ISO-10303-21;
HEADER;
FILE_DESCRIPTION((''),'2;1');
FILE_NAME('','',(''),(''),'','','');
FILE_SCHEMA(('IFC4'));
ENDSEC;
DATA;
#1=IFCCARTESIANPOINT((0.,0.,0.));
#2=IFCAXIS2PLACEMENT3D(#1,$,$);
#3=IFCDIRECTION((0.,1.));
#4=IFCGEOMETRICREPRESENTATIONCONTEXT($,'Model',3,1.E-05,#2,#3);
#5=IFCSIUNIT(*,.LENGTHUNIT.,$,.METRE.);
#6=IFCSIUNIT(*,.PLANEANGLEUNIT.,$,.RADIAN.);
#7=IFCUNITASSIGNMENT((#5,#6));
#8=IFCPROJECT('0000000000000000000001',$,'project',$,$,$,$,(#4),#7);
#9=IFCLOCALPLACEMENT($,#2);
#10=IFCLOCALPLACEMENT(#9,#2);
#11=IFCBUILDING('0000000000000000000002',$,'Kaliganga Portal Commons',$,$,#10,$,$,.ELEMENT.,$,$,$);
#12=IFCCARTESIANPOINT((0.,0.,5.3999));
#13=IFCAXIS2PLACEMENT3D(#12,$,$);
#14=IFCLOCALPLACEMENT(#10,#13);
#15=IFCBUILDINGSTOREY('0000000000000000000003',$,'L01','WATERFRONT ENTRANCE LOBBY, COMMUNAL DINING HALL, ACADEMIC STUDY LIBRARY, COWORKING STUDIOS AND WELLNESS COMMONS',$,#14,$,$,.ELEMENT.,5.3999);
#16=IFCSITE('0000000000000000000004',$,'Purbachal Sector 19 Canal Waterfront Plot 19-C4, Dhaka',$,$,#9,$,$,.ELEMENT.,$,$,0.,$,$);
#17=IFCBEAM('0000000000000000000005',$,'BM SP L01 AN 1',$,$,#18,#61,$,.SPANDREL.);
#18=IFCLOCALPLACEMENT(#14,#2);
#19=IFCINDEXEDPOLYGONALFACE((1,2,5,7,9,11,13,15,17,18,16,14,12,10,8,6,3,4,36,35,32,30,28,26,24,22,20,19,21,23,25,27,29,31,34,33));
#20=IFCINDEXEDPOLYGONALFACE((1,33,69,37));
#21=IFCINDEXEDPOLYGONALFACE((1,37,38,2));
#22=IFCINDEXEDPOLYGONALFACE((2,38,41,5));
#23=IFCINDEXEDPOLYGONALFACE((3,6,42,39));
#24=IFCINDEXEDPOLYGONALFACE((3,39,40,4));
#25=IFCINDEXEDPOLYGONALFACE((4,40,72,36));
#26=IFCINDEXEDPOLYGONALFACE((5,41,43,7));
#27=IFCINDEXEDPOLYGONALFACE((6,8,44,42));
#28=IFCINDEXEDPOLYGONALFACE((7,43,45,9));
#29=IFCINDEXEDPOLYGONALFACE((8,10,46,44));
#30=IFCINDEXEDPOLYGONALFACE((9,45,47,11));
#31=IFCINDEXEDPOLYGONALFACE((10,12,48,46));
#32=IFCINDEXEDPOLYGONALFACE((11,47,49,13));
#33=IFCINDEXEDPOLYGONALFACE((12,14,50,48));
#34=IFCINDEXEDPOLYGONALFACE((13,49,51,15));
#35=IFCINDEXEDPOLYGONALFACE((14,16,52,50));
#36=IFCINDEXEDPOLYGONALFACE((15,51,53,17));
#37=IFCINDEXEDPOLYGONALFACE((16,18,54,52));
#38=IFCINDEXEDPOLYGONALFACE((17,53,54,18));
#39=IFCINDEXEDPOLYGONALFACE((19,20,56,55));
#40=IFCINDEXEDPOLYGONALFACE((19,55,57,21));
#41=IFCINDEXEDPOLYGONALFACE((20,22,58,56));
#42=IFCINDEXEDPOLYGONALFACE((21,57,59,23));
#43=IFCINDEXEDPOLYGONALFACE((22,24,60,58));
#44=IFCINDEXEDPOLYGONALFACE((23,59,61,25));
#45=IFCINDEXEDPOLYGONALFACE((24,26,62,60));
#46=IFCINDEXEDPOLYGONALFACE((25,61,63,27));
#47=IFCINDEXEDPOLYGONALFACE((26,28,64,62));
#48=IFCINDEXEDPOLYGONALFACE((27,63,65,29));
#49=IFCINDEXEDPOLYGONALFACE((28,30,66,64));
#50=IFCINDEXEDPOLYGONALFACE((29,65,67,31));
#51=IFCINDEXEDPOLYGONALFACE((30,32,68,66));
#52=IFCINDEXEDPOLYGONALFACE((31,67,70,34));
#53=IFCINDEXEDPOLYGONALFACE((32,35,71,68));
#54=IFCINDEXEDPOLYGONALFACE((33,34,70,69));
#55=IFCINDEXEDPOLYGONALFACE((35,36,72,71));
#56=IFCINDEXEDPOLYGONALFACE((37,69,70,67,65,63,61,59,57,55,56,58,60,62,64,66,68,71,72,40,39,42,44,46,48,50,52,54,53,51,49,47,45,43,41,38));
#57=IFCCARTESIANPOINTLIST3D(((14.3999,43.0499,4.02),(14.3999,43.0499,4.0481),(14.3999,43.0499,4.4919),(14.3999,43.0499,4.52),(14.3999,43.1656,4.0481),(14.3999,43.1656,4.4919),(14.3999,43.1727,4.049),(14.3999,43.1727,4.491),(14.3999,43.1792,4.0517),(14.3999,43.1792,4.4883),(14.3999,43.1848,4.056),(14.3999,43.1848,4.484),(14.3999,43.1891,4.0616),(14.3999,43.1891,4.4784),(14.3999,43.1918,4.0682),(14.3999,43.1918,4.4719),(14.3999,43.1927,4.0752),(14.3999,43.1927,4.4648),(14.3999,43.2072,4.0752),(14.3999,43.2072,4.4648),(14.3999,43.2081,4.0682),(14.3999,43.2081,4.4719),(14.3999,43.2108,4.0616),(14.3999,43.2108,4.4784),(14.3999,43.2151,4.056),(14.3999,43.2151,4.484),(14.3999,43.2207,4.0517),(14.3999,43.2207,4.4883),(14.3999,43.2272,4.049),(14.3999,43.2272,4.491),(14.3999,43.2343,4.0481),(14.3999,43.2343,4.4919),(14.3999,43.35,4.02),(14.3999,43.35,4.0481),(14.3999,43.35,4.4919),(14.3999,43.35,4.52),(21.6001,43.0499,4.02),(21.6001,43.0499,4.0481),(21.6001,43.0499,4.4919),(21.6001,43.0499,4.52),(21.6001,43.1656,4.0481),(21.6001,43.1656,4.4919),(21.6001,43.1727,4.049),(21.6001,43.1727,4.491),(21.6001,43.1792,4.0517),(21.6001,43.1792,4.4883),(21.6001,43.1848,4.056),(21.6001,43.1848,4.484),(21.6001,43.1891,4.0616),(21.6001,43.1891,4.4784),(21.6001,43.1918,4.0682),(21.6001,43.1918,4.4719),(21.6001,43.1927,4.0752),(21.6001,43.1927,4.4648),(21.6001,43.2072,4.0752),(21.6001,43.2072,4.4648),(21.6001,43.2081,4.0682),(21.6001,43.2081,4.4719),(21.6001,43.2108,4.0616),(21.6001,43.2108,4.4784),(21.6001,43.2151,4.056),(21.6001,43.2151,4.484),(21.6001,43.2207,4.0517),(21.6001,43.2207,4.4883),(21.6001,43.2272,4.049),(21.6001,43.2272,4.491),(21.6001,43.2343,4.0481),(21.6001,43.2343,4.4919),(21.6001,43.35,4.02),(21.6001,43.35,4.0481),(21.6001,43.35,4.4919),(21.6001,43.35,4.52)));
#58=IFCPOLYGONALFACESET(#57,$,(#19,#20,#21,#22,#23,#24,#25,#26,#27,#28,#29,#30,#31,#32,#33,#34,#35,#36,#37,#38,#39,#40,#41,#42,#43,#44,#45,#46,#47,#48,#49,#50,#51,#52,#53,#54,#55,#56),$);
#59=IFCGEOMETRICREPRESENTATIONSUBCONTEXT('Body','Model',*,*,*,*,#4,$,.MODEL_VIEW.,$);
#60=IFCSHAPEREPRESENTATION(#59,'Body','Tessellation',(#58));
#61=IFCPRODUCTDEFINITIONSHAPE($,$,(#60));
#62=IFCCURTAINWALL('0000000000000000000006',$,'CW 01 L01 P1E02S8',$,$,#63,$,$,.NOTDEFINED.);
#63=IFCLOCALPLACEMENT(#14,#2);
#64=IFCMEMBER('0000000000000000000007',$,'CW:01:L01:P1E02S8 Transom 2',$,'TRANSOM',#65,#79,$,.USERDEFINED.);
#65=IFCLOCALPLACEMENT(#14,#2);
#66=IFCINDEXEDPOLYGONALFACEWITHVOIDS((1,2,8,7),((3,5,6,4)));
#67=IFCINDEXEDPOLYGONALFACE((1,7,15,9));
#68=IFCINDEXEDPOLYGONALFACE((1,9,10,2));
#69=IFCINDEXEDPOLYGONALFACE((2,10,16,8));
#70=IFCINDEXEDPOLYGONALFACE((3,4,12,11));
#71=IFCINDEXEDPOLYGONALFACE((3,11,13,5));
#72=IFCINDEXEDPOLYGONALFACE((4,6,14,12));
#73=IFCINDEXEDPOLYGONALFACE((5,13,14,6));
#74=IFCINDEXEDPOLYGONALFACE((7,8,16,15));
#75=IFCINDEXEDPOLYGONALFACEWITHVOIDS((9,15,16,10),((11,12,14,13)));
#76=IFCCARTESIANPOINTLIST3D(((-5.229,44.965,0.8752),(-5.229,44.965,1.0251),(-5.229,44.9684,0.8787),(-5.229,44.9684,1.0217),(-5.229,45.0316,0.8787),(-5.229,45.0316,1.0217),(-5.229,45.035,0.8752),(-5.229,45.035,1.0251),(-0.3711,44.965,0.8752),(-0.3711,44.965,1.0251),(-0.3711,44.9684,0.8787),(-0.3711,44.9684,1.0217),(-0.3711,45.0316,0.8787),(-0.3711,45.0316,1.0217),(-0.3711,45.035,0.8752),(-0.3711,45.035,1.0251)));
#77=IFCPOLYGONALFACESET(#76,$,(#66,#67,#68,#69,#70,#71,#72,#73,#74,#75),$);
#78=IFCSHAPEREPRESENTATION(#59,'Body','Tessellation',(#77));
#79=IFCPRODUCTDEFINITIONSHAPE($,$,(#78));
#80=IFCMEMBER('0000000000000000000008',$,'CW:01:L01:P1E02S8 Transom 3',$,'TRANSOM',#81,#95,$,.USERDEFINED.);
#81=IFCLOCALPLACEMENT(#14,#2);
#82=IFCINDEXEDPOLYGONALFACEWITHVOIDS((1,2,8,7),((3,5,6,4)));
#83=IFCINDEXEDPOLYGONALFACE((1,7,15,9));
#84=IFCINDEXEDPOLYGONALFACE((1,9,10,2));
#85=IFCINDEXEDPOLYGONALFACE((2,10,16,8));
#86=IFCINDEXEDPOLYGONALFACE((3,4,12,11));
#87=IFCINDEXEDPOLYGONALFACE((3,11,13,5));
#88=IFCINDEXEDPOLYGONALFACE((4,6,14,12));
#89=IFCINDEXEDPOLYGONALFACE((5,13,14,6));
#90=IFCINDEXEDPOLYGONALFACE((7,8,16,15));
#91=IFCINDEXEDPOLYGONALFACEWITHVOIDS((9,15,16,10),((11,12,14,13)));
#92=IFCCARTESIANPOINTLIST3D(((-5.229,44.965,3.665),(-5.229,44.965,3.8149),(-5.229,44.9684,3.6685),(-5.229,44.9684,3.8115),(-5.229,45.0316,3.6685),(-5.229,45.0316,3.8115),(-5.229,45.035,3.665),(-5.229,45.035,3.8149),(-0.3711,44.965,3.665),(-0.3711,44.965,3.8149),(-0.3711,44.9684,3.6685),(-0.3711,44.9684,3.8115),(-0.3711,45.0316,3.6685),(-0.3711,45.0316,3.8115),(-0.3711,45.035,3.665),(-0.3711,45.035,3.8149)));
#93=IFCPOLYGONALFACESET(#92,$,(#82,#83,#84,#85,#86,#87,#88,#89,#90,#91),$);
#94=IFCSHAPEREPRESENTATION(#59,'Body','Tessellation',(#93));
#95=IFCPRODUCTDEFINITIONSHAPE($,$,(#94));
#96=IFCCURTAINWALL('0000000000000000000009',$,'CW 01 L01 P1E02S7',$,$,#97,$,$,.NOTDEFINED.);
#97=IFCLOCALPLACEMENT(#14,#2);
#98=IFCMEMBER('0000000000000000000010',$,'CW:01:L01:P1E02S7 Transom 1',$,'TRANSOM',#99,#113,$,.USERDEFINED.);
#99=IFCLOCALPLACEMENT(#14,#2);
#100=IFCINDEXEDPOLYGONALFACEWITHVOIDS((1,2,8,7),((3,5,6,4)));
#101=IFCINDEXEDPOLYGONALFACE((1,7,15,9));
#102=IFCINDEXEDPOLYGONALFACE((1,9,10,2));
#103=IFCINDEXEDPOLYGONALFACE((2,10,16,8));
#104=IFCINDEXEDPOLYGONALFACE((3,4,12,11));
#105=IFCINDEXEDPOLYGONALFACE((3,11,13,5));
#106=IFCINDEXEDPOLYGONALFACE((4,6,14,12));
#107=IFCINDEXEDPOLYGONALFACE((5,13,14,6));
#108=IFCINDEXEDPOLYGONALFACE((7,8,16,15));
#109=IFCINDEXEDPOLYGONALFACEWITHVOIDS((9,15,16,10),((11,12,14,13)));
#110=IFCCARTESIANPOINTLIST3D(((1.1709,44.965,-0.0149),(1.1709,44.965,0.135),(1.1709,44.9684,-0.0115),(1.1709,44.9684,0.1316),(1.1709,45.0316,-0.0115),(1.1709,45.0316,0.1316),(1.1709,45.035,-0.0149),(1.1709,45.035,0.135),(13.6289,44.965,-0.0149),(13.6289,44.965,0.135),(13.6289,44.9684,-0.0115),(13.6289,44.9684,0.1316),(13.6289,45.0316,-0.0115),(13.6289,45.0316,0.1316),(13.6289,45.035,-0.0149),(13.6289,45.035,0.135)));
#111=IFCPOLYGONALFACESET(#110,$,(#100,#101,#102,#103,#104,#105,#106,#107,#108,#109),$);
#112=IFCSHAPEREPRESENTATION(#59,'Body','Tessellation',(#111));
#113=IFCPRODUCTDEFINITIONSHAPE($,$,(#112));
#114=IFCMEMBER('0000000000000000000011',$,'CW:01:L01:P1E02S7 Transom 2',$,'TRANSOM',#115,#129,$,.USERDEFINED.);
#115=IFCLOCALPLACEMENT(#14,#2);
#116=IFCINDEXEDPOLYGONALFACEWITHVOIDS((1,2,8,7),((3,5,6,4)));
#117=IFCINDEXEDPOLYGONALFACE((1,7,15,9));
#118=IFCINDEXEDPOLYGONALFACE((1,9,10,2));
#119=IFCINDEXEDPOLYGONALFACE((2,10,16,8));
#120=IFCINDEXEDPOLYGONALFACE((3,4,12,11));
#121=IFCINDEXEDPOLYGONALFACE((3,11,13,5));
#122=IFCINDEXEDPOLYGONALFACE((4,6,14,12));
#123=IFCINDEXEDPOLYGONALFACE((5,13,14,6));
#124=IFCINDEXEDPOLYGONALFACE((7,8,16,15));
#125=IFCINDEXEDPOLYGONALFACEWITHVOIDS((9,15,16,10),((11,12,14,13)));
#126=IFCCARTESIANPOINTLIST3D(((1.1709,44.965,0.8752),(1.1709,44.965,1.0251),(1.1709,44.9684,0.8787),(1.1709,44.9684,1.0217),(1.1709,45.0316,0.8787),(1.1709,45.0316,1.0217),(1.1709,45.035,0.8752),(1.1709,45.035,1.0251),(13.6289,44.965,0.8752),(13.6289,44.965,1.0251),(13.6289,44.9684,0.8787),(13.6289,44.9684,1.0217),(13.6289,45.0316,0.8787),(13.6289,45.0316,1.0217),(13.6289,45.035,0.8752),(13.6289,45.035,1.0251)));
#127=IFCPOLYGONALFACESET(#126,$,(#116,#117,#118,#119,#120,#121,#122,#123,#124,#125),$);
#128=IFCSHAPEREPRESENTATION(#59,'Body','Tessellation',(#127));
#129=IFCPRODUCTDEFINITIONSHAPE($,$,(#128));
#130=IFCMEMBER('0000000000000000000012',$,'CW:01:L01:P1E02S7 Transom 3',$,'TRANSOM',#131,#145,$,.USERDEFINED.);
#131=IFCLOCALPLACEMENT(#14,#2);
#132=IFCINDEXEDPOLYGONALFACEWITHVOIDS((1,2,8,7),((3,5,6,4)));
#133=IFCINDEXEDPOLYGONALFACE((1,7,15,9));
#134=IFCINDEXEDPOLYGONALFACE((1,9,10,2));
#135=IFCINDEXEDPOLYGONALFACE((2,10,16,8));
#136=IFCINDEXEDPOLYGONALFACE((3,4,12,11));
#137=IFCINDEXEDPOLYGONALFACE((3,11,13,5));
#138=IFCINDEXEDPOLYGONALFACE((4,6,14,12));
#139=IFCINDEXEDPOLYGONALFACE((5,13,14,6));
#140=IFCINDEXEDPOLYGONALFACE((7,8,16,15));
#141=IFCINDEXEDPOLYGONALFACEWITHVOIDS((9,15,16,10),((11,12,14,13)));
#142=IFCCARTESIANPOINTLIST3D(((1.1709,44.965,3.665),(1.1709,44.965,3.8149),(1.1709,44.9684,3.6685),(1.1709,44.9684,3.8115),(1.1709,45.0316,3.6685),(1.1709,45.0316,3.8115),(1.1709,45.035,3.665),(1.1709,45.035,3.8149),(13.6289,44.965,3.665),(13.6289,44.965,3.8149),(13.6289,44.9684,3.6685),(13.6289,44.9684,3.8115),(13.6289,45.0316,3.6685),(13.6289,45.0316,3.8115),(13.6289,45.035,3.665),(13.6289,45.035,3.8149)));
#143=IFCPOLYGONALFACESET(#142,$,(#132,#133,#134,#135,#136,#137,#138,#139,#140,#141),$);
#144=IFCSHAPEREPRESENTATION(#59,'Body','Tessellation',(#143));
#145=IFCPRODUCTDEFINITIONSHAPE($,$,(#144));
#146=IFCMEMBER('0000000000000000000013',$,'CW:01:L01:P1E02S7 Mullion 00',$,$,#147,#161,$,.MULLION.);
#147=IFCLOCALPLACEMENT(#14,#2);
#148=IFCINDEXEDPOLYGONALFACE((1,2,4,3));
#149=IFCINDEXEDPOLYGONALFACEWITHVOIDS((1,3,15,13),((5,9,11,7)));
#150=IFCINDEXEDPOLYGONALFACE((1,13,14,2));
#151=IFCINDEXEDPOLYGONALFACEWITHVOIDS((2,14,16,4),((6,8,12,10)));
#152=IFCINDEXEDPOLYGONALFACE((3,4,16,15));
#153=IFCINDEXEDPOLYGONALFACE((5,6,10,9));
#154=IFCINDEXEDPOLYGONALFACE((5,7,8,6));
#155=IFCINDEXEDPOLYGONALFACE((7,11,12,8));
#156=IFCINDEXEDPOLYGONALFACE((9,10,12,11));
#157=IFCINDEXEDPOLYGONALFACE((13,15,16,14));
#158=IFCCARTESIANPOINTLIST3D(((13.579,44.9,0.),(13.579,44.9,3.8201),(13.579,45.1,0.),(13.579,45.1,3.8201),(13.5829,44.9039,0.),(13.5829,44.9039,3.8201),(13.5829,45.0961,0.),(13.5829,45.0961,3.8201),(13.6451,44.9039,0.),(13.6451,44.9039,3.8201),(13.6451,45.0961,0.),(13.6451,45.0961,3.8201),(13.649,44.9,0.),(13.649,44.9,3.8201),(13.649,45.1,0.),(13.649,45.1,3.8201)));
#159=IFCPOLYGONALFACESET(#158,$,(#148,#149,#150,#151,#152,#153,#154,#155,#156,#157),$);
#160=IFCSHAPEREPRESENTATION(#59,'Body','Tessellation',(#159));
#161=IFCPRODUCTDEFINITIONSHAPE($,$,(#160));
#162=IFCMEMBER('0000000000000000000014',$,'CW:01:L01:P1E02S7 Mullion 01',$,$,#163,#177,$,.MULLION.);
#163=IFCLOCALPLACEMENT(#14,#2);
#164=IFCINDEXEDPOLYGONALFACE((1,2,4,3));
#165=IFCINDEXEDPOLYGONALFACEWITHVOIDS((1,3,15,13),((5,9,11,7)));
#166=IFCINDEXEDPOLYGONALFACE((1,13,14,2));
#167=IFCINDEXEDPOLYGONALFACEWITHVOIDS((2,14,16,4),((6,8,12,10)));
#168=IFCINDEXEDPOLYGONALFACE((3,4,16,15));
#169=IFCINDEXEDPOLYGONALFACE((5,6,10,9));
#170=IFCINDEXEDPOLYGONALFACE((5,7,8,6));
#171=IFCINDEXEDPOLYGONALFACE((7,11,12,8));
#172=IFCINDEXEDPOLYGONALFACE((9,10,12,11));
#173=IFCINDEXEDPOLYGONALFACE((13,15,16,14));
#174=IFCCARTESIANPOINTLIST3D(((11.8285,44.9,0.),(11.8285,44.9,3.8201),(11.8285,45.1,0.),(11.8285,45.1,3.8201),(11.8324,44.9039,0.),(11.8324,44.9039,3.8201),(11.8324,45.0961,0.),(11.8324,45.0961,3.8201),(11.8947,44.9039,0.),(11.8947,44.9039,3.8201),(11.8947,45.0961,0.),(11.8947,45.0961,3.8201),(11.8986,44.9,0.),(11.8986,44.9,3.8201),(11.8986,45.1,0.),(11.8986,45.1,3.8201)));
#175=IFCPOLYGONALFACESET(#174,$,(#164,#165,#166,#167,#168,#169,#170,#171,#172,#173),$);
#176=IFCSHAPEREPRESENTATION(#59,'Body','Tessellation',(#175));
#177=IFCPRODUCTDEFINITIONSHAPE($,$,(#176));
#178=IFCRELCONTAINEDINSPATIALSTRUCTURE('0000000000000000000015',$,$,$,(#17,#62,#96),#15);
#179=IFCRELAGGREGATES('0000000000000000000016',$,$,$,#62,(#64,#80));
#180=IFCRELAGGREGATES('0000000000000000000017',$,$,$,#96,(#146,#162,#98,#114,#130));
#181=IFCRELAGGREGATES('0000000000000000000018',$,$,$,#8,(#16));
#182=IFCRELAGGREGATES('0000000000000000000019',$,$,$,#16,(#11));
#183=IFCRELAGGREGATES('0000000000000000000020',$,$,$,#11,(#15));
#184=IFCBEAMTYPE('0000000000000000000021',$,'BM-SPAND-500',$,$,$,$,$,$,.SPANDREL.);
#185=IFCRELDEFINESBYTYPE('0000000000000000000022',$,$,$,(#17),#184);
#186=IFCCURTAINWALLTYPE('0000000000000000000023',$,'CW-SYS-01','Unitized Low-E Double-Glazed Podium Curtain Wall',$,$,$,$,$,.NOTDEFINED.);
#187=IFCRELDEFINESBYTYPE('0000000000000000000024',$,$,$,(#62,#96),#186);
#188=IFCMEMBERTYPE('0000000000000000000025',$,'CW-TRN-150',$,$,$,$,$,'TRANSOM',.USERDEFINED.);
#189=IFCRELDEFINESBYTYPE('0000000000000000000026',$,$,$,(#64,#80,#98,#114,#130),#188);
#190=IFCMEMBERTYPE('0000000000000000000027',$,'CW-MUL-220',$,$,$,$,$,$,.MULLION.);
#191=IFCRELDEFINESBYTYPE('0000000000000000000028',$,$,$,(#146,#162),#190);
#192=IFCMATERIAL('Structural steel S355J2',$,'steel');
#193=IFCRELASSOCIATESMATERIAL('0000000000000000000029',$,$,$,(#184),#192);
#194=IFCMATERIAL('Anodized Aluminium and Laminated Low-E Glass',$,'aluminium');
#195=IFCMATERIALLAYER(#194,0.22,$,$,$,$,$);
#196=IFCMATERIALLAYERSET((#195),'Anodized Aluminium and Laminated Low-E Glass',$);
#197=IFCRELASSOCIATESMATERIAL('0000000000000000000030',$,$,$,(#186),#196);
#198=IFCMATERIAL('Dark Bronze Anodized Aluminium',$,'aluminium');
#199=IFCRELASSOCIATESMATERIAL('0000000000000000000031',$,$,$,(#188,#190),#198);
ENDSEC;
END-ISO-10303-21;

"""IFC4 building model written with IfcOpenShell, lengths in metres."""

from ifc_helpers import new_model, si_unit, direction, frame, origin, origin_2d, place, context, subcontext, project, spatial, hollow_rectangle, i_section, extrude, source, transform, mapped, material, layer, layer_set, material_profile, profile_set, type_object, element, aggregate, save


model = new_model("IFC4")

# Units and contexts
model_context = context("Model", 3, precision=1e-05, world=origin(), true_north=direction((0.0, 1.0)))
body_context = subcontext(model_context, "Body", "Model", "MODEL_VIEW")
ifc_project = project(units=[si_unit("LENGTHUNIT", "METRE"), si_unit("PLANEANGLEUNIT", "RADIAN")], contexts=[model_context])

# Site, building, storey
site_placement = place(None, origin())
site = spatial("IfcSite", under=ifc_project, at=site_placement, Name="Purbachal Sector 19 Canal Waterfront Plot 19-C4, Dhaka", CompositionType="ELEMENT", RefElevation=0.0)
building_placement = place(site_placement, origin())
building = spatial("IfcBuilding", under=site, at=building_placement, Name="Kaliganga Portal Commons", CompositionType="ELEMENT")
storey_placement = place(building_placement, frame((0.0, 0.0, 5.3999)))
storey = spatial("IfcBuildingStorey", under=building, at=storey_placement, Name="L01", Description="WATERFRONT ENTRANCE LOBBY, COMMUNAL DINING HALL, ACADEMIC STUDY LIBRARY, COWORKING STUDIOS AND WELLNESS COMMONS", CompositionType="ELEMENT", Elevation=5.3999)

# Beam
ifc_material_1 = material(Name="Structural steel S355J2", Category="steel")
ifc_material_profile_1 = material_profile(ifc_material_1, i_section(OverallWidth=0.3, OverallDepth=0.5, WebThickness=0.0144, FlangeThickness=0.0281, FilletRadius=0.0271, at=origin_2d()), Name="HE 500 B")
ifc_profile_set_1 = profile_set([ifc_material_profile_1], Name="Structural steel S355J2 wide-flange")
beam_type_1 = type_object("IfcBeamType", Name="BM-SPAND-500", PredefinedType="SPANDREL", material=ifc_profile_set_1)
shared_shape_1 = source(origin(), body_context, "Body", "SweptSolid", [
    extrude(i_section(OverallWidth=0.3, OverallDepth=0.5, WebThickness=0.0144, FlangeThickness=0.0281, FilletRadius=0.0271, at=origin_2d()), origin(), (0.0, 0.0, 1.0), 7.2002),
])
beam_1_placement = place(storey_placement, frame((14.3999, 43.2, 4.27), z_axis=(1.0, 0.0, 0.0), x_axis=(0.0, 1.0, 0.0)))
element("IfcBeam", 1, at=beam_1_placement, inside=storey, type_object=beam_type_1, Name="BM SP L01 AN 1", PredefinedType="SPANDREL", context=body_context, shape_type="MappedRepresentation", body=[
    mapped(shared_shape_1, transform((0.0, 0.0, 0.0), x_axis=(1.0, 0.0, 0.0), y_axis=(0.0, 1.0, 0.0), z_axis=(0.0, 0.0, 1.0), scale=1.0)),
])

# Curtain wall, members
ifc_material_2 = material(Name="Anodized Aluminium and Laminated Low-E Glass", Category="aluminium")
ifc_layer_1 = layer(ifc_material_2, 0.22)
ifc_layer_set_1 = layer_set([ifc_layer_1], Name="Anodized Aluminium and Laminated Low-E Glass")
curtain_wall_type = type_object("IfcCurtainWallType", Name="CW-SYS-01", Description="Unitized Low-E Double-Glazed Podium Curtain Wall", PredefinedType="NOTDEFINED", material=ifc_layer_set_1)
curtain_wall_1_placement = place(storey_placement, origin())
curtain_wall_1 = element("IfcCurtainWall", 2, at=curtain_wall_1_placement, inside=storey, type_object=curtain_wall_type, Name="CW 01 L01 P1E02S8", PredefinedType="NOTDEFINED")
ifc_material_3 = material(Name="Dark Bronze Anodized Aluminium", Category="aluminium")
ifc_material_profile_2 = material_profile(ifc_material_3, hollow_rectangle(XDim=0.0701, YDim=0.1499, WallThickness=0.0034, at=origin_2d()), Name="ALU TRAN 70x150x3.5")
ifc_profile_set_2 = profile_set([ifc_material_profile_2], Name="Dark Bronze Anodized Aluminium")
member_type_1 = type_object("IfcMemberType", Name="CW-TRN-150", ElementType="TRANSOM", PredefinedType="USERDEFINED", material=ifc_profile_set_2)
shared_shape_2 = source(origin(), body_context, "Body", "SweptSolid", [
    extrude(hollow_rectangle(XDim=0.0701, YDim=0.1499, WallThickness=0.0034, at=origin_2d()), origin(), (0.0, 0.0, 1.0), 4.8579),
])
member_1_placement = place(storey_placement, frame((-0.3711, 45.0, 0.9502), z_axis=(-1.0, 0.0, 0.0), x_axis=(0.0, -1.0, 0.0)))
member_1 = element("IfcMember", 3, at=member_1_placement, type_object=member_type_1, Name="CW:01:L01:P1E02S8 Transom 2", ObjectType="TRANSOM", PredefinedType="USERDEFINED", context=body_context, shape_type="MappedRepresentation", body=[
    mapped(shared_shape_2, transform((0.0, 0.0, 0.0), x_axis=(1.0, 0.0, 0.0), y_axis=(0.0, 1.0, 0.0), z_axis=(0.0, 0.0, 1.0), scale=1.0)),
])
member_2_placement = place(storey_placement, frame((-0.3711, 45.0, 3.74), z_axis=(-1.0, 0.0, 0.0), x_axis=(0.0, -1.0, 0.0)))
member_2 = element("IfcMember", 4, at=member_2_placement, type_object=member_type_1, Name="CW:01:L01:P1E02S8 Transom 3", ObjectType="TRANSOM", PredefinedType="USERDEFINED", context=body_context, shape_type="MappedRepresentation", body=[
    mapped(shared_shape_2, transform((0.0, 0.0, 0.0), x_axis=(1.0, 0.0, 0.0), y_axis=(0.0, 1.0, 0.0), z_axis=(0.0, 0.0, 1.0), scale=1.0)),
])
aggregate(curtain_wall_1, [member_1, member_2])

# Curtain wall, members
curtain_wall_2_placement = place(storey_placement, origin())
curtain_wall_2 = element("IfcCurtainWall", 5, at=curtain_wall_2_placement, inside=storey, type_object=curtain_wall_type, Name="CW 01 L01 P1E02S7", PredefinedType="NOTDEFINED")
shared_shape_3 = source(origin(), body_context, "Body", "SweptSolid", [
    extrude(hollow_rectangle(XDim=0.0701, YDim=0.1499, WallThickness=0.0034, at=origin_2d()), origin(), (0.0, 0.0, 1.0), 12.458),
])
member_3_placement = place(storey_placement, frame((13.6289, 45.0, 0.0601), z_axis=(-1.0, 0.0, 0.0), x_axis=(0.0, -1.0, 0.0)))
member_3 = element("IfcMember", 6, at=member_3_placement, type_object=member_type_1, Name="CW:01:L01:P1E02S7 Transom 1", ObjectType="TRANSOM", PredefinedType="USERDEFINED", context=body_context, shape_type="MappedRepresentation", body=[
    mapped(shared_shape_3, transform((0.0, 0.0, 0.0), x_axis=(1.0, 0.0, 0.0), y_axis=(0.0, 1.0, 0.0), z_axis=(0.0, 0.0, 1.0), scale=1.0)),
])
member_4_placement = place(storey_placement, frame((13.6289, 45.0, 0.9502), z_axis=(-1.0, 0.0, 0.0), x_axis=(0.0, -1.0, 0.0)))
member_4 = element("IfcMember", 7, at=member_4_placement, type_object=member_type_1, Name="CW:01:L01:P1E02S7 Transom 2", ObjectType="TRANSOM", PredefinedType="USERDEFINED", context=body_context, shape_type="MappedRepresentation", body=[
    mapped(shared_shape_3, transform((0.0, 0.0, 0.0), x_axis=(1.0, 0.0, 0.0), y_axis=(0.0, 1.0, 0.0), z_axis=(0.0, 0.0, 1.0), scale=1.0)),
])
member_5_placement = place(storey_placement, frame((13.6289, 45.0, 3.74), z_axis=(-1.0, 0.0, 0.0), x_axis=(0.0, -1.0, 0.0)))
member_5 = element("IfcMember", 8, at=member_5_placement, type_object=member_type_1, Name="CW:01:L01:P1E02S7 Transom 3", ObjectType="TRANSOM", PredefinedType="USERDEFINED", context=body_context, shape_type="MappedRepresentation", body=[
    mapped(shared_shape_3, transform((0.0, 0.0, 0.0), x_axis=(1.0, 0.0, 0.0), y_axis=(0.0, 1.0, 0.0), z_axis=(0.0, 0.0, 1.0), scale=1.0)),
])
ifc_material_profile_3 = material_profile(ifc_material_3, hollow_rectangle(XDim=0.0701, YDim=0.2, WallThickness=0.0039, at=origin_2d()), Name="ALU MULL 70x200x4")
ifc_profile_set_3 = profile_set([ifc_material_profile_3], Name="Dark Bronze Anodized Aluminium")
member_type_2 = type_object("IfcMemberType", Name="CW-MUL-220", PredefinedType="MULLION", material=ifc_profile_set_3)
shared_shape_4 = source(origin(), body_context, "Body", "SweptSolid", [
    extrude(hollow_rectangle(XDim=0.0701, YDim=0.2, WallThickness=0.0039, at=origin_2d()), origin(), (0.0, 0.0, 1.0), 3.8201),
])
member_6_placement = place(storey_placement, frame((13.614, 45.0, 0.0), z_axis=(0.0, 0.0, 1.0), x_axis=(-1.0, 0.0, 0.0)))
member_6 = element("IfcMember", 9, at=member_6_placement, type_object=member_type_2, Name="CW:01:L01:P1E02S7 Mullion 00", PredefinedType="MULLION", context=body_context, shape_type="MappedRepresentation", body=[
    mapped(shared_shape_4, transform((0.0, 0.0, 0.0), x_axis=(1.0, 0.0, 0.0), y_axis=(0.0, 1.0, 0.0), z_axis=(0.0, 0.0, 1.0), scale=1.0)),
])
member_7_placement = place(storey_placement, frame((11.8635, 45.0, 0.0), z_axis=(0.0, 0.0, 1.0), x_axis=(-1.0, 0.0, 0.0)))
member_7 = element("IfcMember", 10, at=member_7_placement, type_object=member_type_2, Name="CW:01:L01:P1E02S7 Mullion 01", PredefinedType="MULLION", context=body_context, shape_type="MappedRepresentation", body=[
    mapped(shared_shape_4, transform((0.0, 0.0, 0.0), x_axis=(1.0, 0.0, 0.0), y_axis=(0.0, 1.0, 0.0), z_axis=(0.0, 0.0, 1.0), scale=1.0)),
])
aggregate(curtain_wall_2, [member_6, member_7, member_3, member_4, member_5])

save(model, "model.ifc")
